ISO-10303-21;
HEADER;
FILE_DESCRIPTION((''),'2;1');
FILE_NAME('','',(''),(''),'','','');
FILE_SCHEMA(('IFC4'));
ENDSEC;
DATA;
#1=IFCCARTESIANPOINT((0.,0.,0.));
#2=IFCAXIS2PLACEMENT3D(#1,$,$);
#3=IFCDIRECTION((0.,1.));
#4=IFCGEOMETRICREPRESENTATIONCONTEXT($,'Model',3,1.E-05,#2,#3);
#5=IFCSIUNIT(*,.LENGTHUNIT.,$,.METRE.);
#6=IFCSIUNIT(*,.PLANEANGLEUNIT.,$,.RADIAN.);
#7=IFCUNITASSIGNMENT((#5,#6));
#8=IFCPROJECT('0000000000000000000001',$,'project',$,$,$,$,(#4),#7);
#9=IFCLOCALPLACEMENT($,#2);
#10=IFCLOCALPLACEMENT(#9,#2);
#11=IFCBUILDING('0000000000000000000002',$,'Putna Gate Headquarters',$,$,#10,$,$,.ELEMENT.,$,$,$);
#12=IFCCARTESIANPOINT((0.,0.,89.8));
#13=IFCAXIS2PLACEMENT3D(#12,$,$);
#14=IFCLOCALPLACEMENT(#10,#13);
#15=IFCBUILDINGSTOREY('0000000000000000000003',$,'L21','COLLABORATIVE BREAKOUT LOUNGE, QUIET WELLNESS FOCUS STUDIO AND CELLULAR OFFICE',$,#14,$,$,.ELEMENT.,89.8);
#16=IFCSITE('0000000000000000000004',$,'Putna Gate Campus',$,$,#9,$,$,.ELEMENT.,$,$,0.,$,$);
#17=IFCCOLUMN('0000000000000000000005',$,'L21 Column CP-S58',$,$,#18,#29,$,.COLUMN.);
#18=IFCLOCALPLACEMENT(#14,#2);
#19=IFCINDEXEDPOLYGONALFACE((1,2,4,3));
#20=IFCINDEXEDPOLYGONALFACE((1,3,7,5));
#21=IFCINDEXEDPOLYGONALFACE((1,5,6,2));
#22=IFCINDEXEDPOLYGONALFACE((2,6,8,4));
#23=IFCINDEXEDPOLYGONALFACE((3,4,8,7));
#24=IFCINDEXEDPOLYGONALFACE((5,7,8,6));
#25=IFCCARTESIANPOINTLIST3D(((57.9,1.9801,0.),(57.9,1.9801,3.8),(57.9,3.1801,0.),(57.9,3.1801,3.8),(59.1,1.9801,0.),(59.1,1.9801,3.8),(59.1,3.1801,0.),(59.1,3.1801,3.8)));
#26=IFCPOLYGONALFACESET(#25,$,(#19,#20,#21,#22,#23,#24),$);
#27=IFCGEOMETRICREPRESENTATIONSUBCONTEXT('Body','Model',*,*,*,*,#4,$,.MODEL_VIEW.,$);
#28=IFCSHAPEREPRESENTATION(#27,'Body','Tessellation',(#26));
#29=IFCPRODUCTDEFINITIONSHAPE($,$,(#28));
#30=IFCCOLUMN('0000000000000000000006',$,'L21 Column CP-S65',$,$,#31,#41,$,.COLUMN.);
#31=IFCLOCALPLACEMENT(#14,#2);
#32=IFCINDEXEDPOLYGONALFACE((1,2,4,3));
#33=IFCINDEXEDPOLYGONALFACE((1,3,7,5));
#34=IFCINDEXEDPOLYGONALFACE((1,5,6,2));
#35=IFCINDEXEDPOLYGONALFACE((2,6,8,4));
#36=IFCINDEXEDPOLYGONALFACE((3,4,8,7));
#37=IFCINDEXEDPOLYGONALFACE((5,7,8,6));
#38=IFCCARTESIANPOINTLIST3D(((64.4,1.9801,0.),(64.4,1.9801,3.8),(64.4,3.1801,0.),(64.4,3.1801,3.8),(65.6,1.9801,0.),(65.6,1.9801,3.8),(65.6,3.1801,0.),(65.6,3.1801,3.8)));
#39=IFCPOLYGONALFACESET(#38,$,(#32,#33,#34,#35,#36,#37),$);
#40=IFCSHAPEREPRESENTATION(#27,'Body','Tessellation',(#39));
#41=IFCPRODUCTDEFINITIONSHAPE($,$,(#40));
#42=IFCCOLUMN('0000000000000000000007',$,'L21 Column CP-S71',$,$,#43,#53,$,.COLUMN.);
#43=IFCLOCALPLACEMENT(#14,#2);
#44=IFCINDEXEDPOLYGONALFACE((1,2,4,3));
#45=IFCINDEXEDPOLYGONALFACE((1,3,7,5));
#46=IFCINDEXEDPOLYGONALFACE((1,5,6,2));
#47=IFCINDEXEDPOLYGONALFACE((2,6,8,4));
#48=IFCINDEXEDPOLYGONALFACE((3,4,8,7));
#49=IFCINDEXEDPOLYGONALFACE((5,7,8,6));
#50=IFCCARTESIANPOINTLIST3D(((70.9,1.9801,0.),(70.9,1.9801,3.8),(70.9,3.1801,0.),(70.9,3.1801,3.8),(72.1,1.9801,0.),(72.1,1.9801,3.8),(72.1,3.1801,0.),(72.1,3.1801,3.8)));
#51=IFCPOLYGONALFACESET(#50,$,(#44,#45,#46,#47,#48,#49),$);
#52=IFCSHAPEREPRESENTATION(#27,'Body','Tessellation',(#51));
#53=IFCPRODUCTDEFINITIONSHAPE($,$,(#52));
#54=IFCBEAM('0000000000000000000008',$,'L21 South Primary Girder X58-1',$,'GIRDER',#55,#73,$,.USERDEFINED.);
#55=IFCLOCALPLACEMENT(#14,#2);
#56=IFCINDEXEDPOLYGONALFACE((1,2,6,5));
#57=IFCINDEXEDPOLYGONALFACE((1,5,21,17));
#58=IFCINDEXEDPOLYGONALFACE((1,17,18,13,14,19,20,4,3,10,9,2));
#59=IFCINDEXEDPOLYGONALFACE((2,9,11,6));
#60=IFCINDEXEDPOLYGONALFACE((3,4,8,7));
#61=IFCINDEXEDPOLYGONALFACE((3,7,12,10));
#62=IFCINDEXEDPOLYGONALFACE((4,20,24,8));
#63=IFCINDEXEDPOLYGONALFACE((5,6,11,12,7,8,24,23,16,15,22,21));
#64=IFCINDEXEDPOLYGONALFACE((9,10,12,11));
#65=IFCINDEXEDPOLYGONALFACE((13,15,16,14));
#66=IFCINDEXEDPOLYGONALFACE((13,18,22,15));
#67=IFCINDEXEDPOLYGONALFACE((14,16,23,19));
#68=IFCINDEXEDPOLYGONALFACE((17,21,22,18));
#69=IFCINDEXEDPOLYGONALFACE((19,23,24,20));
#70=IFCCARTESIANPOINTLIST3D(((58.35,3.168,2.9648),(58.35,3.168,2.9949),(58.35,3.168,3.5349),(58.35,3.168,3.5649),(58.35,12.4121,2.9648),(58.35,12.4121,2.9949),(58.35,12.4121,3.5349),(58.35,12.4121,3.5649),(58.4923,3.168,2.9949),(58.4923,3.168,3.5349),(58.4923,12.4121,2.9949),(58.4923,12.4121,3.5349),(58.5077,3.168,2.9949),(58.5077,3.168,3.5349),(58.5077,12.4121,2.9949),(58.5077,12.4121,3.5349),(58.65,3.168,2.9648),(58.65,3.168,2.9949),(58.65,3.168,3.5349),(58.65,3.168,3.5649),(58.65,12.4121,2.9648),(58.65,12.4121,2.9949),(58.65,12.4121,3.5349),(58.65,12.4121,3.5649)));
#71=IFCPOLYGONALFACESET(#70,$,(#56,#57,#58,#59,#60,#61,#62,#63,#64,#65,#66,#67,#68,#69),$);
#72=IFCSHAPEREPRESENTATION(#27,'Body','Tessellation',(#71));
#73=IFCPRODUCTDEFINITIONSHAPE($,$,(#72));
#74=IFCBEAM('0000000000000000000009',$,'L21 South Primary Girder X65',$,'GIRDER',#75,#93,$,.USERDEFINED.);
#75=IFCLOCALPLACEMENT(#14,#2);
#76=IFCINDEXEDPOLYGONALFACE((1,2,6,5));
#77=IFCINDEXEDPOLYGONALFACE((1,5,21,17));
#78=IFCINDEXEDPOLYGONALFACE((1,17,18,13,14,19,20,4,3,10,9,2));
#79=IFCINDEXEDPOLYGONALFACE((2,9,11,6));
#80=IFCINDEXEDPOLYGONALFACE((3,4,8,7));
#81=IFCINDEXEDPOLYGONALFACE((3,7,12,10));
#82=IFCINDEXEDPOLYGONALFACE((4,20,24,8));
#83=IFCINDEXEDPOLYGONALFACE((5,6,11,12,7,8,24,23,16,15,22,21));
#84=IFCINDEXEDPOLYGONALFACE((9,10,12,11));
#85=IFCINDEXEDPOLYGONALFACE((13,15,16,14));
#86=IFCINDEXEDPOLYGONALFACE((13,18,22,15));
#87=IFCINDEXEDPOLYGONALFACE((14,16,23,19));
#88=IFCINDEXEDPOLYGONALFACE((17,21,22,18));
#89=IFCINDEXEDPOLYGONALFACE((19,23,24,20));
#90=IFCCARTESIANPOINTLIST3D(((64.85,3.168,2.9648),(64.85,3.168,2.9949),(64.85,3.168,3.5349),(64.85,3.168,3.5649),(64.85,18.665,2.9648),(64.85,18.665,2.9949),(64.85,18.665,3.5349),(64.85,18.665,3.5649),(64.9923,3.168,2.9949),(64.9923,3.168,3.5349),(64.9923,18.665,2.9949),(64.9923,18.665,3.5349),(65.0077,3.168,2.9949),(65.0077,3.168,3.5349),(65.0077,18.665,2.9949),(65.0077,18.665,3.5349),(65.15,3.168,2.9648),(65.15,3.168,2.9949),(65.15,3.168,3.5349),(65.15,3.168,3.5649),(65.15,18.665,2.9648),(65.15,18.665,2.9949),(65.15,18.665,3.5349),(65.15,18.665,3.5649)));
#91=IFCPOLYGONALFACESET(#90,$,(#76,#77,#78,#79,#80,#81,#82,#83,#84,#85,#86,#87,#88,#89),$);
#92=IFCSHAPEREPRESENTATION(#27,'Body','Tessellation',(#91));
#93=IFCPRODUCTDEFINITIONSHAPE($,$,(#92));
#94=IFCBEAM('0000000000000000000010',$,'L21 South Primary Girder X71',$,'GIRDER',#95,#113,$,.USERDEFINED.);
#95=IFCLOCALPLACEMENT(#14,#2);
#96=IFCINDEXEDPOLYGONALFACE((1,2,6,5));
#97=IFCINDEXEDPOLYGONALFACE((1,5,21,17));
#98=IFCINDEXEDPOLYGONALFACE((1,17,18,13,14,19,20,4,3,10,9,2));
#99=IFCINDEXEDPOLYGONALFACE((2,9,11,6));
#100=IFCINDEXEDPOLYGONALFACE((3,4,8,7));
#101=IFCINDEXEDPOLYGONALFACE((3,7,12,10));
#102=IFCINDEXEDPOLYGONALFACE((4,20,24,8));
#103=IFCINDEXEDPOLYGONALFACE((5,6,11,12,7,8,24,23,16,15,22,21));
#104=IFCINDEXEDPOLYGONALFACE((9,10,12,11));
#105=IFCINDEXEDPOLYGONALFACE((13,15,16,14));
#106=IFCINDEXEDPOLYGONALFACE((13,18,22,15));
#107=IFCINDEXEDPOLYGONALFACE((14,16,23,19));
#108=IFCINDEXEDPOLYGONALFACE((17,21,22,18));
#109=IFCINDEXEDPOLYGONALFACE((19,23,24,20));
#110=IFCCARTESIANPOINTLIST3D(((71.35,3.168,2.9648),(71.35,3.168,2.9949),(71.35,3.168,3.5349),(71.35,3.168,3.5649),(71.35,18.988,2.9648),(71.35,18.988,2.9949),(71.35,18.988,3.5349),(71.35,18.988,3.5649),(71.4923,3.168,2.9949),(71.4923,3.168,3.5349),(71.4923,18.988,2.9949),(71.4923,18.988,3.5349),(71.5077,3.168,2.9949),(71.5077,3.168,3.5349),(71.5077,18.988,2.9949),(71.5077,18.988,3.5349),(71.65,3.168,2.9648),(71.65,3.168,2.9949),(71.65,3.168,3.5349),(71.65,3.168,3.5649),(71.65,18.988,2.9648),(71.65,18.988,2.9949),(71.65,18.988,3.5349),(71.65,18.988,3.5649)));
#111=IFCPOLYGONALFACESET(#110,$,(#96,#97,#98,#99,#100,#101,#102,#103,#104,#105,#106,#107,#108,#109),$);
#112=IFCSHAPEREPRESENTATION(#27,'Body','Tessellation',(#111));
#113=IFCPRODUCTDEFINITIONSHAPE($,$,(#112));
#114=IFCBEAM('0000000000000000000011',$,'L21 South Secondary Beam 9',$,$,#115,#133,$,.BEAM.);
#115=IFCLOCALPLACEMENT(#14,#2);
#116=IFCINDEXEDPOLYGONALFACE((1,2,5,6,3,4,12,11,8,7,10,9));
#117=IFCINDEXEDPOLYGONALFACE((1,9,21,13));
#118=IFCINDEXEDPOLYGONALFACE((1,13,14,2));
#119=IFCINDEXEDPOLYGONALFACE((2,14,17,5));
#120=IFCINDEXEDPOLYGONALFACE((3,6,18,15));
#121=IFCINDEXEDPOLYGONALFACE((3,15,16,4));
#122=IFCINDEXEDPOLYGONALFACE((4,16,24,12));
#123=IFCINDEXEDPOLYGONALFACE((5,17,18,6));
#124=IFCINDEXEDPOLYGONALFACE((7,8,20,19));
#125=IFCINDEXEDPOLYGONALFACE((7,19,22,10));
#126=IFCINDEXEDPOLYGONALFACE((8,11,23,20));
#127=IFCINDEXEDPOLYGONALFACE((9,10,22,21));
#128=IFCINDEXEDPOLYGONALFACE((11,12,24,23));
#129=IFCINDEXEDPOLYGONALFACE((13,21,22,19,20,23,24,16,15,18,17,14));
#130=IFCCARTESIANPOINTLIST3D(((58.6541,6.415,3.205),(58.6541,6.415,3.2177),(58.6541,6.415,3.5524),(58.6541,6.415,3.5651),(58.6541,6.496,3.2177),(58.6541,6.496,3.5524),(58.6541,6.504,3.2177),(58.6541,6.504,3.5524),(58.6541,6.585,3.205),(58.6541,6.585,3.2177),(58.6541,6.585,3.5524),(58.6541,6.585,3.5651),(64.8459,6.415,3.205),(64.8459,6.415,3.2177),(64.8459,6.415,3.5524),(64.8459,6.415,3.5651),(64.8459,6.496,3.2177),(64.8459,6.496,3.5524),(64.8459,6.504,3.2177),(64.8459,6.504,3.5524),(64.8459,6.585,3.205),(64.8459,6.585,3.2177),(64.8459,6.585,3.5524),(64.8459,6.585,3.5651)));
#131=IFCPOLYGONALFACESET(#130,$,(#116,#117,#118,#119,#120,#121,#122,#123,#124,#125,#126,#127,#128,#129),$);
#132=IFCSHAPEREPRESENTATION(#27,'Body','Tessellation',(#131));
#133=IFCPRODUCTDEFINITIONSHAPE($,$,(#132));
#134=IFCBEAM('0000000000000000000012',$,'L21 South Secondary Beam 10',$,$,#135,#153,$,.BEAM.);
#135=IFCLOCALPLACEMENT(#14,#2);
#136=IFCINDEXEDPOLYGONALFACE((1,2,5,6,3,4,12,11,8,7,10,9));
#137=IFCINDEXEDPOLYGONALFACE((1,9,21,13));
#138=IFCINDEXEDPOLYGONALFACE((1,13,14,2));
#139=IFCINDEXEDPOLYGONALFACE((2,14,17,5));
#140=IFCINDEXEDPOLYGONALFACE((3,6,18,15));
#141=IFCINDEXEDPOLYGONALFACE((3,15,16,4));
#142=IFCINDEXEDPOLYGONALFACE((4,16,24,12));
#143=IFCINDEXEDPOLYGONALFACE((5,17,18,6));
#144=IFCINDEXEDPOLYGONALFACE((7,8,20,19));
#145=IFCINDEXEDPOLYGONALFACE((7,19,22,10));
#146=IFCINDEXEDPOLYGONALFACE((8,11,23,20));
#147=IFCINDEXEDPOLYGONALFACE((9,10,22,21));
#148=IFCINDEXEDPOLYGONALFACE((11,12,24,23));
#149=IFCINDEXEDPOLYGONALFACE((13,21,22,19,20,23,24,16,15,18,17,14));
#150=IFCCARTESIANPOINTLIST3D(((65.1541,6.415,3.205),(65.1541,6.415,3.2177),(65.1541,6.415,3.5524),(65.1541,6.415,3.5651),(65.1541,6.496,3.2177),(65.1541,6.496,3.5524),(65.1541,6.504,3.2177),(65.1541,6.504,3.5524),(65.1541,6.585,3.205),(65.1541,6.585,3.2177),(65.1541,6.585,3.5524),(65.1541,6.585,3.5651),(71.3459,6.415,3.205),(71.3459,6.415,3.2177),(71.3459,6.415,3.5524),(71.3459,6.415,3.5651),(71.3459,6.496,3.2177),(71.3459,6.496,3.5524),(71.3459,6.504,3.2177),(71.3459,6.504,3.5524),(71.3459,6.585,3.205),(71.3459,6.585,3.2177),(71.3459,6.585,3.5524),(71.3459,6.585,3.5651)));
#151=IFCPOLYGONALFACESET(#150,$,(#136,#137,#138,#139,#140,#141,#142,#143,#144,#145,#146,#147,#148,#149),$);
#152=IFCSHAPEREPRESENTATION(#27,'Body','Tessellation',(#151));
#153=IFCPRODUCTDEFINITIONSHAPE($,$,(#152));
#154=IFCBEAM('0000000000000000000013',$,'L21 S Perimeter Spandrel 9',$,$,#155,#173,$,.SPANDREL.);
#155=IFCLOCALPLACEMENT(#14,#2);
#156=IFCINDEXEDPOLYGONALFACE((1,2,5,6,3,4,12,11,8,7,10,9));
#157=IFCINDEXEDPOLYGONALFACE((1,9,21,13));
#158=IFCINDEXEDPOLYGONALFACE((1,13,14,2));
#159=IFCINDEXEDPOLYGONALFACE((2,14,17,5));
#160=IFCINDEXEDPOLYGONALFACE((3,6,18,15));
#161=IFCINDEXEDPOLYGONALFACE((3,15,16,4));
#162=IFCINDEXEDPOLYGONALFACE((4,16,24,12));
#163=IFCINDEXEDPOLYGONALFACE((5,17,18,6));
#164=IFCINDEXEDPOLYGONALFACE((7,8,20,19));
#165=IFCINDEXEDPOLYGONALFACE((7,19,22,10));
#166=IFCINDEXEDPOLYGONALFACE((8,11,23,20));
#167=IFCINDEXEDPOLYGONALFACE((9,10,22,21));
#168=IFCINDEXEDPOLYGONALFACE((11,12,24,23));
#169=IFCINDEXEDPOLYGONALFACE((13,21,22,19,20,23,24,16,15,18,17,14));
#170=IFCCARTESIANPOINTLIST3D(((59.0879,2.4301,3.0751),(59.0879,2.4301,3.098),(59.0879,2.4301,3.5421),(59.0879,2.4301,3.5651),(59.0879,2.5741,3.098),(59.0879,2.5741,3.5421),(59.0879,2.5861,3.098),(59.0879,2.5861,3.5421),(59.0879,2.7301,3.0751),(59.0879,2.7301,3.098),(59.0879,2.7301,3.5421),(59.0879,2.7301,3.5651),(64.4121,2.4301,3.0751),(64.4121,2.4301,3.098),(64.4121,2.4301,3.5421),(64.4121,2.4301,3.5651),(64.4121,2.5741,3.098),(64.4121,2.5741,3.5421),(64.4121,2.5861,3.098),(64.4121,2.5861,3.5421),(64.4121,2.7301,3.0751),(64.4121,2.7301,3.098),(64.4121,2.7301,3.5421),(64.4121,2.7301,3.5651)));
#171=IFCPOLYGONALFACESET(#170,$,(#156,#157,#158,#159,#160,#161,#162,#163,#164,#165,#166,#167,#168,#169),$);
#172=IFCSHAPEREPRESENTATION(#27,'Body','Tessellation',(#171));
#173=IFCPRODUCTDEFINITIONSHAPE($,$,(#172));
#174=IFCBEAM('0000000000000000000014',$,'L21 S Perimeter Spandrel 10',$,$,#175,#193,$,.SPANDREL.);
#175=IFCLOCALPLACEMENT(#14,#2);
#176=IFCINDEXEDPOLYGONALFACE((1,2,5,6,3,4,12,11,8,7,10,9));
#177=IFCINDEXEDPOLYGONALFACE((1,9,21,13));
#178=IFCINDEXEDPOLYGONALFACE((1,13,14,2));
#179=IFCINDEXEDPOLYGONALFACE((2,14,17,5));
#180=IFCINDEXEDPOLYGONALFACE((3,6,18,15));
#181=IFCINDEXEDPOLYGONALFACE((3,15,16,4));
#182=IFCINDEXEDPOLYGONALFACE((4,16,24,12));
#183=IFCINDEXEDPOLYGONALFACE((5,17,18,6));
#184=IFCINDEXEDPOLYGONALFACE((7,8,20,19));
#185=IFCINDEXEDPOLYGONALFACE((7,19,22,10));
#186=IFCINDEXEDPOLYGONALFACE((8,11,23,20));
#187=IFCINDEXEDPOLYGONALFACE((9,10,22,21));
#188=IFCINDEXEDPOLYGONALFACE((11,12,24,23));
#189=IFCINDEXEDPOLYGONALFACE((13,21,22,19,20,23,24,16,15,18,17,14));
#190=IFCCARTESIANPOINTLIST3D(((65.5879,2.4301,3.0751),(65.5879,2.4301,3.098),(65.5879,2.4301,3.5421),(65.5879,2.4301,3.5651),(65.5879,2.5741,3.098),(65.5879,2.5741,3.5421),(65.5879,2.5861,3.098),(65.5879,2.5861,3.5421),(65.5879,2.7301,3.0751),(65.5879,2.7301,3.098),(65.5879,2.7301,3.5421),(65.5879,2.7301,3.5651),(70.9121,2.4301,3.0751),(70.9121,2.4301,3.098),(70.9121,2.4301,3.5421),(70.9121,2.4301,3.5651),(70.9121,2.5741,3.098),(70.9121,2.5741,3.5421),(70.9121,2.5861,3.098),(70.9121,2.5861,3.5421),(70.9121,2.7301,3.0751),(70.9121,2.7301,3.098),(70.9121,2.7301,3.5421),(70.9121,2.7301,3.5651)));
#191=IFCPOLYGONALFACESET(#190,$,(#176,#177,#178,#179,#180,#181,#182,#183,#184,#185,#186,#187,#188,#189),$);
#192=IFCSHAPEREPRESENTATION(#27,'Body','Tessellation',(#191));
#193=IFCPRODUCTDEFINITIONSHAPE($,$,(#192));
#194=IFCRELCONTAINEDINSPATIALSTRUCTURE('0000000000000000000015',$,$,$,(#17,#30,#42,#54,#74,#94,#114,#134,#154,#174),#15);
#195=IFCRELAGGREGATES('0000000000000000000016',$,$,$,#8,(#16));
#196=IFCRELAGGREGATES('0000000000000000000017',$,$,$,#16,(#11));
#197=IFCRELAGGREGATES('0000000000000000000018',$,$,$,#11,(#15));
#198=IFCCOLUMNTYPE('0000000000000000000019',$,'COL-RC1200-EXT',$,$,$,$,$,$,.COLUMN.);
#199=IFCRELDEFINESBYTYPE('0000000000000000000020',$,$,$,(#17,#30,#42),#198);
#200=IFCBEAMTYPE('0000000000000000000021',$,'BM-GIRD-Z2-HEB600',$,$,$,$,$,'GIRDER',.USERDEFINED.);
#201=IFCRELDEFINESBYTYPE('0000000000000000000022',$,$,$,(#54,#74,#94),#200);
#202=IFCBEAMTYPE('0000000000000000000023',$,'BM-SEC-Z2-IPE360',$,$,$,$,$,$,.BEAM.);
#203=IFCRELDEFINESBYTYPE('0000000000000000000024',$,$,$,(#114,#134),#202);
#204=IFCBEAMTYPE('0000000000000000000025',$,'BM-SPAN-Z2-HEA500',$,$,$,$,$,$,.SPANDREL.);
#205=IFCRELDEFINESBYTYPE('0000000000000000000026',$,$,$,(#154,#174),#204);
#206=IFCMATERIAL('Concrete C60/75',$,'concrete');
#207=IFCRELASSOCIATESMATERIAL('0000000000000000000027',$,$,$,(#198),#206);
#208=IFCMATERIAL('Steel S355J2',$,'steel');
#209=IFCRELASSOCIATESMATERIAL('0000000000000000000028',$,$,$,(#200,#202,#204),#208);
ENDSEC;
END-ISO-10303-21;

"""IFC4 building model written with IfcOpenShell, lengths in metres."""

from ifc_helpers import new_model, si_unit, direction, frame, origin, origin_2d, place, context, subcontext, project, spatial, rectangle, i_section, extrude, material, material_profile, profile_set, type_object, element, save


model = new_model("IFC4")

# Units and contexts
model_context = context("Model", 3, precision=1e-05, world=origin(), true_north=direction((0.0, 1.0)))
body_context = subcontext(model_context, "Body", "Model", "MODEL_VIEW")
ifc_project = project(units=[si_unit("LENGTHUNIT", "METRE"), si_unit("PLANEANGLEUNIT", "RADIAN")], contexts=[model_context])

# Site, building, storey
site_placement = place(None, origin())
site = spatial("IfcSite", under=ifc_project, at=site_placement, Name="Putna Gate Campus", CompositionType="ELEMENT", RefElevation=0.0)
building_placement = place(site_placement, origin())
building = spatial("IfcBuilding", under=site, at=building_placement, Name="Putna Gate Headquarters", CompositionType="ELEMENT")
storey_placement = place(building_placement, frame((0.0, 0.0, 89.8)))
storey = spatial("IfcBuildingStorey", under=building, at=storey_placement, Name="L21", Description="COLLABORATIVE BREAKOUT LOUNGE, QUIET WELLNESS FOCUS STUDIO AND CELLULAR OFFICE", CompositionType="ELEMENT", Elevation=89.8)

# Columns
ifc_material_1 = material(Name="Concrete C60/75", Category="concrete")
ifc_material_profile_1 = material_profile(ifc_material_1, rectangle(XDim=1.2, YDim=1.2, at=origin_2d()), Name="Concrete C60/75")
ifc_profile_set_1 = profile_set([ifc_material_profile_1], Name="Concrete C60/75")
column_type = type_object("IfcColumnType", Name="COL-RC1200-EXT", PredefinedType="COLUMN", material=ifc_profile_set_1)
for number, where, z_axis, x_axis, name in (
    (1, (58.5, 2.5801, 0.0), (0.0, 0.0, 1.0), (1.0, 0.0, 0.0), "L21 Column CP-S58"),
    (2, (65.0, 2.5801, 0.0), (0.0, 0.0, 1.0), (1.0, 0.0, 0.0), "L21 Column CP-S65"),
    (3, (71.5, 2.5801, 0.0), (0.0, 0.0, 1.0), (1.0, 0.0, 0.0), "L21 Column CP-S71"),
):
    element("IfcColumn", number, at=place(storey_placement, frame(where, z_axis=z_axis, x_axis=x_axis)), inside=storey, type_object=column_type, Name=name, PredefinedType="COLUMN", context=body_context, shape_type="SweptSolid", body=[
        extrude(rectangle(XDim=1.2, YDim=1.2, at=origin_2d()), origin(), (0.0, 0.0, 1.0), 3.8),
    ])

# Beams
ifc_material_2 = material(Name="Steel S355J2", Category="steel")
ifc_material_profile_2 = material_profile(ifc_material_2, i_section(OverallWidth=0.3, OverallDepth=0.6001, WebThickness=0.0154, FlangeThickness=0.03, at=origin_2d()), Name="Steel S355J2")
ifc_profile_set_2 = profile_set([ifc_material_profile_2], Name="Steel S355J2")
beam_type_1 = type_object("IfcBeamType", Name="BM-GIRD-Z2-HEB600", ElementType="GIRDER", PredefinedType="USERDEFINED", material=ifc_profile_set_2)
beam_1_placement = place(storey_placement, frame((58.5, 3.168, 3.2649), z_axis=(0.0, 1.0, 0.0), x_axis=(-1.0, 0.0, 0.0)))
element("IfcBeam", 4, at=beam_1_placement, inside=storey, type_object=beam_type_1, Name="L21 South Primary Girder X58-1", ObjectType="GIRDER", PredefinedType="USERDEFINED", context=body_context, shape_type="SweptSolid", body=[
    extrude(i_section(OverallWidth=0.3, OverallDepth=0.6001, WebThickness=0.0154, FlangeThickness=0.03, at=origin_2d()), origin(), (0.0, 0.0, 1.0), 9.2441),
])
beam_2_placement = place(storey_placement, frame((65.0, 3.168, 3.2649), z_axis=(0.0, 1.0, 0.0), x_axis=(-1.0, 0.0, 0.0)))
element("IfcBeam", 5, at=beam_2_placement, inside=storey, type_object=beam_type_1, Name="L21 South Primary Girder X65", ObjectType="GIRDER", PredefinedType="USERDEFINED", context=body_context, shape_type="SweptSolid", body=[
    extrude(i_section(OverallWidth=0.3, OverallDepth=0.6001, WebThickness=0.0154, FlangeThickness=0.03, at=origin_2d()), origin(), (0.0, 0.0, 1.0), 15.4971),
])
beam_3_placement = place(storey_placement, frame((71.5, 3.168, 3.2649), z_axis=(0.0, 1.0, 0.0), x_axis=(-1.0, 0.0, 0.0)))
element("IfcBeam", 6, at=beam_3_placement, inside=storey, type_object=beam_type_1, Name="L21 South Primary Girder X71", ObjectType="GIRDER", PredefinedType="USERDEFINED", context=body_context, shape_type="SweptSolid", body=[
    extrude(i_section(OverallWidth=0.3, OverallDepth=0.6001, WebThickness=0.0154, FlangeThickness=0.03, at=origin_2d()), origin(), (0.0, 0.0, 1.0), 15.8201),
])
ifc_material_profile_3 = material_profile(ifc_material_2, i_section(OverallWidth=0.1699, OverallDepth=0.3601, WebThickness=0.0081, FlangeThickness=0.0127, at=origin_2d()), Name="Steel S355J2")
ifc_profile_set_3 = profile_set([ifc_material_profile_3], Name="Steel S355J2")
beam_type_2 = type_object("IfcBeamType", Name="BM-SEC-Z2-IPE360", PredefinedType="BEAM", material=ifc_profile_set_3)
for number, where, z_axis, x_axis, name in (
    (7, (58.6541, 6.5, 3.385), (1.0, 0.0, 0.0), (0.0, 1.0, 0.0), "L21 South Secondary Beam 9"),
    (8, (65.1541, 6.5, 3.385), (1.0, 0.0, 0.0), (0.0, 1.0, 0.0), "L21 South Secondary Beam 10"),
):
    element("IfcBeam", number, at=place(storey_placement, frame(where, z_axis=z_axis, x_axis=x_axis)), inside=storey, type_object=beam_type_2, Name=name, PredefinedType="BEAM", context=body_context, shape_type="SweptSolid", body=[
        extrude(i_section(OverallWidth=0.1699, OverallDepth=0.3601, WebThickness=0.0081, FlangeThickness=0.0127, at=origin_2d()), origin(), (0.0, 0.0, 1.0), 6.1919),
    ])
ifc_material_profile_4 = material_profile(ifc_material_2, i_section(OverallWidth=0.3, OverallDepth=0.49, WebThickness=0.012, FlangeThickness=0.0229, at=origin_2d()), Name="Steel S355J2")
ifc_profile_set_4 = profile_set([ifc_material_profile_4], Name="Steel S355J2")
beam_type_3 = type_object("IfcBeamType", Name="BM-SPAN-Z2-HEA500", PredefinedType="SPANDREL", material=ifc_profile_set_4)
for number, where, z_axis, x_axis, name in (
    (9, (59.0879, 2.5801, 3.3201), (1.0, 0.0, 0.0), (0.0, 1.0, 0.0), "L21 S Perimeter Spandrel 9"),
    (10, (65.5879, 2.5801, 3.3201), (1.0, 0.0, 0.0), (0.0, 1.0, 0.0), "L21 S Perimeter Spandrel 10"),
):
    element("IfcBeam", number, at=place(storey_placement, frame(where, z_axis=z_axis, x_axis=x_axis)), inside=storey, type_object=beam_type_3, Name=name, PredefinedType="SPANDREL", context=body_context, shape_type="SweptSolid", body=[
        extrude(i_section(OverallWidth=0.3, OverallDepth=0.49, WebThickness=0.012, FlangeThickness=0.0229, at=origin_2d()), origin(), (0.0, 0.0, 1.0), 5.3242),
    ])

save(model, "model.ifc")
